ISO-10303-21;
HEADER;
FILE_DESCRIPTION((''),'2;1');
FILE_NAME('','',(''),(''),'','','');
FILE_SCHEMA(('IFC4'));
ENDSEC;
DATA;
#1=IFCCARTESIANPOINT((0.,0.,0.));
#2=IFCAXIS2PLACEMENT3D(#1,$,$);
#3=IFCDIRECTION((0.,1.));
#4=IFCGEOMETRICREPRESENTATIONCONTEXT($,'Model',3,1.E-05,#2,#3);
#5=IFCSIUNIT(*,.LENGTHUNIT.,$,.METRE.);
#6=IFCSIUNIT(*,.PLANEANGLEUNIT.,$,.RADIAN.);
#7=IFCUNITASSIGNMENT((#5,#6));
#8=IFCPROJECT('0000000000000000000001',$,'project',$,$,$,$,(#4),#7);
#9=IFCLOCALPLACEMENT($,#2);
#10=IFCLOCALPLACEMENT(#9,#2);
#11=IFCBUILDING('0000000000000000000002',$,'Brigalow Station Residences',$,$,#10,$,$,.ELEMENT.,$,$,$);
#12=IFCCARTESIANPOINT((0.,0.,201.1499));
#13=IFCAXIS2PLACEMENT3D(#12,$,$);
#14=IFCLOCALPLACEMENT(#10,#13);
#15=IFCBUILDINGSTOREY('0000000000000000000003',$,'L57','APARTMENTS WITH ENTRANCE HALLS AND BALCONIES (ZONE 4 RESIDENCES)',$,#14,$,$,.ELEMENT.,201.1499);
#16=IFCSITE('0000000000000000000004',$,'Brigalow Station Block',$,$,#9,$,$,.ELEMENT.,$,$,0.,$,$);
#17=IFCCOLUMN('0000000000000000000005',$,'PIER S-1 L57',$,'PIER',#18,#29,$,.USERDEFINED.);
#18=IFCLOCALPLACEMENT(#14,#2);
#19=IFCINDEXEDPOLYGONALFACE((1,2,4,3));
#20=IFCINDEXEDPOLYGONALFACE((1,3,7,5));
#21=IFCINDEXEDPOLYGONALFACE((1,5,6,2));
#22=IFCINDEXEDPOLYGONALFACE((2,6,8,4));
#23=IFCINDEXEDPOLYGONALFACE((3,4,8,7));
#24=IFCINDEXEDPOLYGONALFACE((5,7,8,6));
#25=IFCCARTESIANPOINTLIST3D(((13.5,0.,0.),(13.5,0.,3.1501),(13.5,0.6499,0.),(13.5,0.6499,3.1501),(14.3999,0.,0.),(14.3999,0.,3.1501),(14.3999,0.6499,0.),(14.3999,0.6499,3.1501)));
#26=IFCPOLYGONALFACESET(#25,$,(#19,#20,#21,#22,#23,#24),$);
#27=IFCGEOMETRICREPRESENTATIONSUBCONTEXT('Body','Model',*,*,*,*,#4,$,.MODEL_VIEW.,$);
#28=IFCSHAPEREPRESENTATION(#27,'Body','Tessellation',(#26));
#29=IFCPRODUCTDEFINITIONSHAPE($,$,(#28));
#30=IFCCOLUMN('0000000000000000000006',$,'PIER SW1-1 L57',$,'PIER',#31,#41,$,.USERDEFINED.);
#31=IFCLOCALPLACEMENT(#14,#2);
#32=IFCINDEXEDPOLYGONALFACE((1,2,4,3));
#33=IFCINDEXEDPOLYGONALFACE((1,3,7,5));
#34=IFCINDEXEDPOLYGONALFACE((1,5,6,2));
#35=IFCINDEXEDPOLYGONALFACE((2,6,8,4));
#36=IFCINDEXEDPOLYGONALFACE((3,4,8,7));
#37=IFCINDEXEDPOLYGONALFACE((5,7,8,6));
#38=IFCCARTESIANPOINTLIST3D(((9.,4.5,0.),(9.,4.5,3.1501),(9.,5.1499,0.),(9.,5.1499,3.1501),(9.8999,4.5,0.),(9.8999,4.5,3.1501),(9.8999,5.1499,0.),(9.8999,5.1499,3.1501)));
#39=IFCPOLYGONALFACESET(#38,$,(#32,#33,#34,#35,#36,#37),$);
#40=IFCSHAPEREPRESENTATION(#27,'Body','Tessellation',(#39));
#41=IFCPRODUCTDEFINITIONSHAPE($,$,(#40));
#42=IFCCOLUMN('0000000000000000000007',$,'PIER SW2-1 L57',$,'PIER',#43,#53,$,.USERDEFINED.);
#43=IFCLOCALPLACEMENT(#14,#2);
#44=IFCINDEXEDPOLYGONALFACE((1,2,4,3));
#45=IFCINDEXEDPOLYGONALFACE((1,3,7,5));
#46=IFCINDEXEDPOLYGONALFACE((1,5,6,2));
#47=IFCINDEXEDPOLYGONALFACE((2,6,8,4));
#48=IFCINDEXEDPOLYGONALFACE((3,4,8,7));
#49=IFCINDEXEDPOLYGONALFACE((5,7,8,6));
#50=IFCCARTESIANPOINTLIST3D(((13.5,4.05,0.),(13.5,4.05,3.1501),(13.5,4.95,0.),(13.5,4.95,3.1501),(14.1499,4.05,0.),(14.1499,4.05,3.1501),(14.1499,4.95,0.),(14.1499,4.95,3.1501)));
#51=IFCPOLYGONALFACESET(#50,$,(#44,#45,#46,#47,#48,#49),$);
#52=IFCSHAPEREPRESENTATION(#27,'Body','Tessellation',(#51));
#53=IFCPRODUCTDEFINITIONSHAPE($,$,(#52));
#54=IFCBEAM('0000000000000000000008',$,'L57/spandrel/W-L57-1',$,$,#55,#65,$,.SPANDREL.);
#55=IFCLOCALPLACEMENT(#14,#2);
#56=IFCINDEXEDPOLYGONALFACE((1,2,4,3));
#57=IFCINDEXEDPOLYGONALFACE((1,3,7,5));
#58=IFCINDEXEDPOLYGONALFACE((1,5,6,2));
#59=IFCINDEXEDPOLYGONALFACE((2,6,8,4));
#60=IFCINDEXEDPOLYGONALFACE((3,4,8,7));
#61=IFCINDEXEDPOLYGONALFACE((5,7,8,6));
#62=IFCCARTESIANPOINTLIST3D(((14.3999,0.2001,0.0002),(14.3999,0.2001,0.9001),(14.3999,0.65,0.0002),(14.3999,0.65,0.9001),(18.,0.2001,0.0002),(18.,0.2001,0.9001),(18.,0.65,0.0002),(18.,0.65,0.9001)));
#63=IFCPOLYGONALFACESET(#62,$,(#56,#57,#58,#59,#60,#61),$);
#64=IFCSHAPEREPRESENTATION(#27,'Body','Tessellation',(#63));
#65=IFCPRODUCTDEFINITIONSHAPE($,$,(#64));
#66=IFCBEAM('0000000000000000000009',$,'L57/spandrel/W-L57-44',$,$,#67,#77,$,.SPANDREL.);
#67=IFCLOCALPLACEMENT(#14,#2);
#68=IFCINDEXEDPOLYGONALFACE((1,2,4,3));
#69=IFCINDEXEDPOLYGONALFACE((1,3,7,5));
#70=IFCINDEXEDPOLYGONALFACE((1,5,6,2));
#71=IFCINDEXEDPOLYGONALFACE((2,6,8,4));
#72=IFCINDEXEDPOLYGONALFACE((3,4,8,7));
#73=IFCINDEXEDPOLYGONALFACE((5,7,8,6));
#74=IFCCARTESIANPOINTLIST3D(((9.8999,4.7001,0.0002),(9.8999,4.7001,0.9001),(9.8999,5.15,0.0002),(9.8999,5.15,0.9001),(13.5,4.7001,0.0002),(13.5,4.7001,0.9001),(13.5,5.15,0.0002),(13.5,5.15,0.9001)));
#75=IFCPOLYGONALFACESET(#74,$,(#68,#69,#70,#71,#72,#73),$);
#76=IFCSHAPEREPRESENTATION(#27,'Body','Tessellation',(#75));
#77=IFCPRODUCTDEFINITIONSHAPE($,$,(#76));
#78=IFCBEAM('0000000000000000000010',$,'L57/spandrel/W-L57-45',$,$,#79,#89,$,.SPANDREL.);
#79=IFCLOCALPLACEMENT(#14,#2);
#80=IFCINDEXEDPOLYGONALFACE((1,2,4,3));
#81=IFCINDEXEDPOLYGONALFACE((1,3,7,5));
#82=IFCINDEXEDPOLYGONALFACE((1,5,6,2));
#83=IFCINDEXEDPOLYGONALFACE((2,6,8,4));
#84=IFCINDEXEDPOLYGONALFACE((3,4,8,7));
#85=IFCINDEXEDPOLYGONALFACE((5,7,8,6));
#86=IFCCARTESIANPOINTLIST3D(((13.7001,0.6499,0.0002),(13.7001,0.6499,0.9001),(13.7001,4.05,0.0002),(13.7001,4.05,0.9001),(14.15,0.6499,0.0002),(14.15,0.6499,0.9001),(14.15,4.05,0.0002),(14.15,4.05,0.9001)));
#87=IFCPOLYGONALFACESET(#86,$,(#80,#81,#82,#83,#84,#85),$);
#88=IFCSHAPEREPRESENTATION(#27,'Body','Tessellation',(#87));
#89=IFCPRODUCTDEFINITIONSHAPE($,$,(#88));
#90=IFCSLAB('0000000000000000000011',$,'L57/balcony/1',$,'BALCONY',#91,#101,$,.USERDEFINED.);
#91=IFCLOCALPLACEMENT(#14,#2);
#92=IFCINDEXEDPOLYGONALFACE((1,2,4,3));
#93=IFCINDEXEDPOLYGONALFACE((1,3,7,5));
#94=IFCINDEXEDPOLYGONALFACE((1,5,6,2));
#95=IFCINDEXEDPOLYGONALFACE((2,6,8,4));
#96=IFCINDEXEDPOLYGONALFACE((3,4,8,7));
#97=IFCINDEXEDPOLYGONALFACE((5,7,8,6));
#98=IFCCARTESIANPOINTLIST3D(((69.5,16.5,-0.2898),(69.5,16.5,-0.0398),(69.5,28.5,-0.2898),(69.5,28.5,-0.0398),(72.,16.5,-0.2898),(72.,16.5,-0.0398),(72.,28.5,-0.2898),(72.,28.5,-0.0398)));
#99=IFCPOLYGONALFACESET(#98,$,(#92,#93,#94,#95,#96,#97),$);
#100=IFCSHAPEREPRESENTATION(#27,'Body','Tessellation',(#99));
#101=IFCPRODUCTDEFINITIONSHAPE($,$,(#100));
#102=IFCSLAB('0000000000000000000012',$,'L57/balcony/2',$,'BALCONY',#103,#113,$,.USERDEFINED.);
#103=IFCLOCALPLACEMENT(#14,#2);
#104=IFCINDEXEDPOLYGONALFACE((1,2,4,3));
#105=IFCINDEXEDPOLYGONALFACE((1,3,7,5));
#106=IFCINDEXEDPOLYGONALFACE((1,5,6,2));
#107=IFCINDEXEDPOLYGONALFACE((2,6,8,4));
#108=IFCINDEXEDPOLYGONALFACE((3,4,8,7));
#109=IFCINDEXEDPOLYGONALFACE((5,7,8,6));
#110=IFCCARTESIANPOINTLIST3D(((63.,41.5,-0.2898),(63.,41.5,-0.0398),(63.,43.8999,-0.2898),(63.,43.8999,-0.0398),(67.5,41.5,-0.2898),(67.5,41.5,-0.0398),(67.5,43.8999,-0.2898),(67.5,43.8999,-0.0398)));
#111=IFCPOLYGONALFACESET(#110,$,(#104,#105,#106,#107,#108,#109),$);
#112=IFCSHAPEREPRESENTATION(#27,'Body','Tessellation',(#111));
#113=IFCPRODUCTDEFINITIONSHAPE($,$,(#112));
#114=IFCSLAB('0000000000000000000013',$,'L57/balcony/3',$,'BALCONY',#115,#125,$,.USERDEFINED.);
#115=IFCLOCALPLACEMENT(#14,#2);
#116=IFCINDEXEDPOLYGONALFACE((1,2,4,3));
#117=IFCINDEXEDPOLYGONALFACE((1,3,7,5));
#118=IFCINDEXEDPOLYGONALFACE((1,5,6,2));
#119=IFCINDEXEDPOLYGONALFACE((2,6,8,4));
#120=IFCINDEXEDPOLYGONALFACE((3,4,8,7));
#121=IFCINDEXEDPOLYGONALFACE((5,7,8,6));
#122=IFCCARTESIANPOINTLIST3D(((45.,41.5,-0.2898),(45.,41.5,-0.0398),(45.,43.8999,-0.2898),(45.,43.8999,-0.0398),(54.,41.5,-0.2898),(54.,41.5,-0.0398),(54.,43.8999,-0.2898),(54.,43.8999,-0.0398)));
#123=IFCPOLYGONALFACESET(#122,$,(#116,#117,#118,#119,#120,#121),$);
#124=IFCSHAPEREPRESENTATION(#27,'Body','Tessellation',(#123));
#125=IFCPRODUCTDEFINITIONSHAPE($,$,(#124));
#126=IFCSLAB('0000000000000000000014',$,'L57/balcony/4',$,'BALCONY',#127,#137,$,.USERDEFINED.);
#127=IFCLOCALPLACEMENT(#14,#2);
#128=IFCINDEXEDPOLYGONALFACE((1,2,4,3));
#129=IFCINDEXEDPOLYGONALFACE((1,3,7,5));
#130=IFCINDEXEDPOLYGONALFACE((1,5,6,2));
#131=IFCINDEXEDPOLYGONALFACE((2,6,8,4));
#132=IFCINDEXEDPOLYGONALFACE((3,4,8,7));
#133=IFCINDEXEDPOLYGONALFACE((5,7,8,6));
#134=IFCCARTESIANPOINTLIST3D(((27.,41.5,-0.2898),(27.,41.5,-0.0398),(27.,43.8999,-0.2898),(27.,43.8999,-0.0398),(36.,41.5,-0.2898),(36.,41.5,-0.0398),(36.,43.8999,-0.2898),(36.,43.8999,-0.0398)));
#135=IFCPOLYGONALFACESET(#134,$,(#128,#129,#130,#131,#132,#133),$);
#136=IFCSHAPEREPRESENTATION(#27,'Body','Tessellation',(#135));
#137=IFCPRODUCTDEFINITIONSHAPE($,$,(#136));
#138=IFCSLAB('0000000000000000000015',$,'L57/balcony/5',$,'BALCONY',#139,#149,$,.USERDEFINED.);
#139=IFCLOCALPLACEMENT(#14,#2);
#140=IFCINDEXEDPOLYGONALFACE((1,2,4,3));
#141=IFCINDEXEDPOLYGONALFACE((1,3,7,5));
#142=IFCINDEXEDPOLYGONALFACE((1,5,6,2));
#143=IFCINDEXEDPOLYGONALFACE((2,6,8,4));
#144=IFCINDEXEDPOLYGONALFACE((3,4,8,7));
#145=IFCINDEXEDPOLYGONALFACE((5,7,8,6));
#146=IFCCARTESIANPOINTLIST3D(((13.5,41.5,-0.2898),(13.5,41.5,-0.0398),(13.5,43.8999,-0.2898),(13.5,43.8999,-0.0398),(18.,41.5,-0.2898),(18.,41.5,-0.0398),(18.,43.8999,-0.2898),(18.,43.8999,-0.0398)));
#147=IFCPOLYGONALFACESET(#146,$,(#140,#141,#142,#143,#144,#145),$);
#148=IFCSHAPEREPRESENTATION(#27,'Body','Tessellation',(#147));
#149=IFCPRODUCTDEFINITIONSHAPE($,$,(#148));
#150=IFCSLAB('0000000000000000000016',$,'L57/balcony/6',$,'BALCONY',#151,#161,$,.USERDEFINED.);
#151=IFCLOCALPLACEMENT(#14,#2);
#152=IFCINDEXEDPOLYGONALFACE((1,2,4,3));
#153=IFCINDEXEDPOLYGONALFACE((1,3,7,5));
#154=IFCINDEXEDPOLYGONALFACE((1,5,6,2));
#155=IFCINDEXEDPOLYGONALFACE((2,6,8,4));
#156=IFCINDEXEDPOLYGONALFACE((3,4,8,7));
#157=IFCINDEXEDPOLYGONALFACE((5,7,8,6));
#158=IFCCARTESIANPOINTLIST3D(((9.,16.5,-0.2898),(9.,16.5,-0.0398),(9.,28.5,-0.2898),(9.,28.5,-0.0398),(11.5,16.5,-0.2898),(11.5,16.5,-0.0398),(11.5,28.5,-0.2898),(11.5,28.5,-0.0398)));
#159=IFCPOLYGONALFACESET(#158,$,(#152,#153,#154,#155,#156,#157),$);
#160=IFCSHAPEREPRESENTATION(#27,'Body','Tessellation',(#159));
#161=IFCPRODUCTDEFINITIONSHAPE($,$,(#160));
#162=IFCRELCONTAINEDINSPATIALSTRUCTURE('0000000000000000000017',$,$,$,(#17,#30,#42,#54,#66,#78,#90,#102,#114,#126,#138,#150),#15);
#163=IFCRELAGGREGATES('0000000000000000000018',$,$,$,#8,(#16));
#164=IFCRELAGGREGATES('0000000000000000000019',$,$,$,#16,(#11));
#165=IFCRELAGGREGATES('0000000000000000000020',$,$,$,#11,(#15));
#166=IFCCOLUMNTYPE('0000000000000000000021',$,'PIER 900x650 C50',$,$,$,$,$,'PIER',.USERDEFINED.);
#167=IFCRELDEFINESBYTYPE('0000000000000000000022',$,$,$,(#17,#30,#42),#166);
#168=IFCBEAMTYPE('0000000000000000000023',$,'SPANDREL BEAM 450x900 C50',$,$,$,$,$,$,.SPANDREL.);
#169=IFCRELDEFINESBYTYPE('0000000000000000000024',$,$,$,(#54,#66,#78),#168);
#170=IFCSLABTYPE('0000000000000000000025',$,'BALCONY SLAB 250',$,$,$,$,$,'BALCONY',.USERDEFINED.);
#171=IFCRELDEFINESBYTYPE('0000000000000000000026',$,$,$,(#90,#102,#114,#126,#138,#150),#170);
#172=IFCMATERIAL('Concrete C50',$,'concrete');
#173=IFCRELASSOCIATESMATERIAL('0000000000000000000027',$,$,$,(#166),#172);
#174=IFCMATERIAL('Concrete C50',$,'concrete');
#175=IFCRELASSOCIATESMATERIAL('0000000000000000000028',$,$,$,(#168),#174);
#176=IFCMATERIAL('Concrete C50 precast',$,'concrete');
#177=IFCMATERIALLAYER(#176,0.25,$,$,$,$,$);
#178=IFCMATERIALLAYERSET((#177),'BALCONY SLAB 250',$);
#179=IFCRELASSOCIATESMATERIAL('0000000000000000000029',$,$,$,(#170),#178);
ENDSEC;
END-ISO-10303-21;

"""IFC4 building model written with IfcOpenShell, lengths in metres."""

from ifc_helpers import new_model, si_unit, direction, frame, origin, origin_2d, place, context, subcontext, project, spatial, polyline, rectangle, outline, extrude, material, layer, layer_set, material_profile, profile_set, type_object, element, save


model = new_model("IFC4")

# Units and contexts
model_context = context("Model", 3, precision=1e-05, world=origin(), true_north=direction((0.0, 1.0)))
body_context = subcontext(model_context, "Body", "Model", "MODEL_VIEW")
ifc_project = project(units=[si_unit("LENGTHUNIT", "METRE"), si_unit("PLANEANGLEUNIT", "RADIAN")], contexts=[model_context])

# Site, building, storey
site_placement = place(None, origin())
site = spatial("IfcSite", under=ifc_project, at=site_placement, Name="Brigalow Station Block", CompositionType="ELEMENT", RefElevation=0.0)
building_placement = place(site_placement, origin())
building = spatial("IfcBuilding", under=site, at=building_placement, Name="Brigalow Station Residences", CompositionType="ELEMENT")
storey_placement = place(building_placement, frame((0.0, 0.0, 201.1499)))
storey = spatial("IfcBuildingStorey", under=building, at=storey_placement, Name="L57", Description="APARTMENTS WITH ENTRANCE HALLS AND BALCONIES (ZONE 4 RESIDENCES)", CompositionType="ELEMENT", Elevation=201.1499)

# Columns
ifc_material_1 = material(Name="Concrete C50", Category="concrete")
ifc_material_profile_1 = material_profile(ifc_material_1, rectangle(XDim=0.8999, YDim=0.6499, at=origin_2d()), Name="RC900x650")
ifc_profile_set_1 = profile_set([ifc_material_profile_1], Name="Concrete C50")
column_type = type_object("IfcColumnType", Name="PIER 900x650 C50", ElementType="PIER", PredefinedType="USERDEFINED", material=ifc_profile_set_1)
for number, where, z_axis, x_axis, name in (
    (1, (13.95, 0.325, 0.0), (0.0, 0.0, 1.0), (1.0, 0.0, 0.0), "PIER S-1 L57"),
    (2, (9.45, 4.825, 0.0), (0.0, 0.0, 1.0), (1.0, 0.0, 0.0), "PIER SW1-1 L57"),
    (3, (13.825, 4.5, 0.0), (0.0, 0.0, 1.0), (0.0, -1.0, 0.0), "PIER SW2-1 L57"),
):
    element("IfcColumn", number, at=place(storey_placement, frame(where, z_axis=z_axis, x_axis=x_axis)), inside=storey, type_object=column_type, Name=name, ObjectType="PIER", PredefinedType="USERDEFINED", context=body_context, shape_type="SweptSolid", body=[
        extrude(rectangle(XDim=0.8999, YDim=0.6499, at=origin_2d()), origin(), (0.0, 0.0, 1.0), 3.1501),
    ])

# Beams
ifc_material_2 = material(Name="Concrete C50", Category="concrete")
ifc_material_profile_2 = material_profile(ifc_material_2, rectangle(XDim=0.45, YDim=0.8999, at=origin_2d()), Name="RC450x900")
ifc_profile_set_2 = profile_set([ifc_material_profile_2], Name="Concrete C50")
beam_type = type_object("IfcBeamType", Name="SPANDREL BEAM 450x900 C50", PredefinedType="SPANDREL", material=ifc_profile_set_2)
for number, where, z_axis, x_axis, name in (
    (4, (14.3999, 0.425, 0.4502), (1.0, 0.0, 0.0), (0.0, 1.0, 0.0), "L57/spandrel/W-L57-1"),
    (5, (9.8999, 4.925, 0.4502), (1.0, 0.0, 0.0), (0.0, 1.0, 0.0), "L57/spandrel/W-L57-44"),
):
    element("IfcBeam", number, at=place(storey_placement, frame(where, z_axis=z_axis, x_axis=x_axis)), inside=storey, type_object=beam_type, Name=name, PredefinedType="SPANDREL", context=body_context, shape_type="SweptSolid", body=[
        extrude(rectangle(XDim=0.45, YDim=0.8999, at=origin_2d()), origin(), (0.0, 0.0, 1.0), 3.6001),
    ])
beam_placement = place(storey_placement, frame((13.925, 4.05, 0.4502), z_axis=(0.0, -1.0, 0.0), x_axis=(1.0, 0.0, 0.0)))
element("IfcBeam", 6, at=beam_placement, inside=storey, type_object=beam_type, Name="L57/spandrel/W-L57-45", PredefinedType="SPANDREL", context=body_context, shape_type="SweptSolid", body=[
    extrude(rectangle(XDim=0.45, YDim=0.8999, at=origin_2d()), origin(), (0.0, 0.0, 1.0), 3.4001),
])

# Slabs
ifc_material_3 = material(Name="Concrete C50 precast", Category="concrete")
ifc_layer_1 = layer(ifc_material_3, 0.25)
ifc_layer_set_1 = layer_set([ifc_layer_1], Name="BALCONY SLAB 250")
slab_type_1 = type_object("IfcSlabType", Name="BALCONY SLAB 250", ElementType="BALCONY", PredefinedType="USERDEFINED", material=ifc_layer_set_1)
slab_1_placement = place(storey_placement, frame((0.0, 0.0, -0.2898)))
element("IfcSlab", 7, at=slab_1_placement, inside=storey, type_object=slab_type_1, Name="L57/balcony/1", ObjectType="BALCONY", PredefinedType="USERDEFINED", context=body_context, shape_type="SweptSolid", body=[
    extrude(outline(polyline([(69.5, 16.5), (72.0, 16.5), (72.0, 28.5), (69.5, 28.5), (69.5, 16.5)])), origin(), (0.0, 0.0, 1.0), 0.25),
])
slab_2_placement = place(storey_placement, frame((0.0, 0.0, -0.2898)))
element("IfcSlab", 8, at=slab_2_placement, inside=storey, type_object=slab_type_1, Name="L57/balcony/2", ObjectType="BALCONY", PredefinedType="USERDEFINED", context=body_context, shape_type="SweptSolid", body=[
    extrude(outline(polyline([(67.5, 41.5), (67.5, 43.8999), (63.0, 43.8999), (63.0, 41.5), (67.5, 41.5)])), origin(), (0.0, 0.0, 1.0), 0.25),
])
slab_3_placement = place(storey_placement, frame((0.0, 0.0, -0.2898)))
element("IfcSlab", 9, at=slab_3_placement, inside=storey, type_object=slab_type_1, Name="L57/balcony/3", ObjectType="BALCONY", PredefinedType="USERDEFINED", context=body_context, shape_type="SweptSolid", body=[
    extrude(outline(polyline([(54.0, 41.5), (54.0, 43.8999), (45.0, 43.8999), (45.0, 41.5), (54.0, 41.5)])), origin(), (0.0, 0.0, 1.0), 0.25),
])
slab_4_placement = place(storey_placement, frame((0.0, 0.0, -0.2898)))
element("IfcSlab", 10, at=slab_4_placement, inside=storey, type_object=slab_type_1, Name="L57/balcony/4", ObjectType="BALCONY", PredefinedType="USERDEFINED", context=body_context, shape_type="SweptSolid", body=[
    extrude(outline(polyline([(36.0, 41.5), (36.0, 43.8999), (27.0, 43.8999), (27.0, 41.5), (36.0, 41.5)])), origin(), (0.0, 0.0, 1.0), 0.25),
])
slab_5_placement = place(storey_placement, frame((0.0, 0.0, -0.2898)))
element("IfcSlab", 11, at=slab_5_placement, inside=storey, type_object=slab_type_1, Name="L57/balcony/5", ObjectType="BALCONY", PredefinedType="USERDEFINED", context=body_context, shape_type="SweptSolid", body=[
    extrude(outline(polyline([(18.0, 41.5), (18.0, 43.8999), (13.5, 43.8999), (13.5, 41.5), (18.0, 41.5)])), origin(), (0.0, 0.0, 1.0), 0.25),
])
slab_6_placement = place(storey_placement, frame((0.0, 0.0, -0.2898)))
element("IfcSlab", 12, at=slab_6_placement, inside=storey, type_object=slab_type_1, Name="L57/balcony/6", ObjectType="BALCONY", PredefinedType="USERDEFINED", context=body_context, shape_type="SweptSolid", body=[
    extrude(outline(polyline([(11.5, 28.5), (9.0, 28.5), (9.0, 16.5), (11.5, 16.5), (11.5, 28.5)])), origin(), (0.0, 0.0, 1.0), 0.25),
])

save(model, "model.ifc")
